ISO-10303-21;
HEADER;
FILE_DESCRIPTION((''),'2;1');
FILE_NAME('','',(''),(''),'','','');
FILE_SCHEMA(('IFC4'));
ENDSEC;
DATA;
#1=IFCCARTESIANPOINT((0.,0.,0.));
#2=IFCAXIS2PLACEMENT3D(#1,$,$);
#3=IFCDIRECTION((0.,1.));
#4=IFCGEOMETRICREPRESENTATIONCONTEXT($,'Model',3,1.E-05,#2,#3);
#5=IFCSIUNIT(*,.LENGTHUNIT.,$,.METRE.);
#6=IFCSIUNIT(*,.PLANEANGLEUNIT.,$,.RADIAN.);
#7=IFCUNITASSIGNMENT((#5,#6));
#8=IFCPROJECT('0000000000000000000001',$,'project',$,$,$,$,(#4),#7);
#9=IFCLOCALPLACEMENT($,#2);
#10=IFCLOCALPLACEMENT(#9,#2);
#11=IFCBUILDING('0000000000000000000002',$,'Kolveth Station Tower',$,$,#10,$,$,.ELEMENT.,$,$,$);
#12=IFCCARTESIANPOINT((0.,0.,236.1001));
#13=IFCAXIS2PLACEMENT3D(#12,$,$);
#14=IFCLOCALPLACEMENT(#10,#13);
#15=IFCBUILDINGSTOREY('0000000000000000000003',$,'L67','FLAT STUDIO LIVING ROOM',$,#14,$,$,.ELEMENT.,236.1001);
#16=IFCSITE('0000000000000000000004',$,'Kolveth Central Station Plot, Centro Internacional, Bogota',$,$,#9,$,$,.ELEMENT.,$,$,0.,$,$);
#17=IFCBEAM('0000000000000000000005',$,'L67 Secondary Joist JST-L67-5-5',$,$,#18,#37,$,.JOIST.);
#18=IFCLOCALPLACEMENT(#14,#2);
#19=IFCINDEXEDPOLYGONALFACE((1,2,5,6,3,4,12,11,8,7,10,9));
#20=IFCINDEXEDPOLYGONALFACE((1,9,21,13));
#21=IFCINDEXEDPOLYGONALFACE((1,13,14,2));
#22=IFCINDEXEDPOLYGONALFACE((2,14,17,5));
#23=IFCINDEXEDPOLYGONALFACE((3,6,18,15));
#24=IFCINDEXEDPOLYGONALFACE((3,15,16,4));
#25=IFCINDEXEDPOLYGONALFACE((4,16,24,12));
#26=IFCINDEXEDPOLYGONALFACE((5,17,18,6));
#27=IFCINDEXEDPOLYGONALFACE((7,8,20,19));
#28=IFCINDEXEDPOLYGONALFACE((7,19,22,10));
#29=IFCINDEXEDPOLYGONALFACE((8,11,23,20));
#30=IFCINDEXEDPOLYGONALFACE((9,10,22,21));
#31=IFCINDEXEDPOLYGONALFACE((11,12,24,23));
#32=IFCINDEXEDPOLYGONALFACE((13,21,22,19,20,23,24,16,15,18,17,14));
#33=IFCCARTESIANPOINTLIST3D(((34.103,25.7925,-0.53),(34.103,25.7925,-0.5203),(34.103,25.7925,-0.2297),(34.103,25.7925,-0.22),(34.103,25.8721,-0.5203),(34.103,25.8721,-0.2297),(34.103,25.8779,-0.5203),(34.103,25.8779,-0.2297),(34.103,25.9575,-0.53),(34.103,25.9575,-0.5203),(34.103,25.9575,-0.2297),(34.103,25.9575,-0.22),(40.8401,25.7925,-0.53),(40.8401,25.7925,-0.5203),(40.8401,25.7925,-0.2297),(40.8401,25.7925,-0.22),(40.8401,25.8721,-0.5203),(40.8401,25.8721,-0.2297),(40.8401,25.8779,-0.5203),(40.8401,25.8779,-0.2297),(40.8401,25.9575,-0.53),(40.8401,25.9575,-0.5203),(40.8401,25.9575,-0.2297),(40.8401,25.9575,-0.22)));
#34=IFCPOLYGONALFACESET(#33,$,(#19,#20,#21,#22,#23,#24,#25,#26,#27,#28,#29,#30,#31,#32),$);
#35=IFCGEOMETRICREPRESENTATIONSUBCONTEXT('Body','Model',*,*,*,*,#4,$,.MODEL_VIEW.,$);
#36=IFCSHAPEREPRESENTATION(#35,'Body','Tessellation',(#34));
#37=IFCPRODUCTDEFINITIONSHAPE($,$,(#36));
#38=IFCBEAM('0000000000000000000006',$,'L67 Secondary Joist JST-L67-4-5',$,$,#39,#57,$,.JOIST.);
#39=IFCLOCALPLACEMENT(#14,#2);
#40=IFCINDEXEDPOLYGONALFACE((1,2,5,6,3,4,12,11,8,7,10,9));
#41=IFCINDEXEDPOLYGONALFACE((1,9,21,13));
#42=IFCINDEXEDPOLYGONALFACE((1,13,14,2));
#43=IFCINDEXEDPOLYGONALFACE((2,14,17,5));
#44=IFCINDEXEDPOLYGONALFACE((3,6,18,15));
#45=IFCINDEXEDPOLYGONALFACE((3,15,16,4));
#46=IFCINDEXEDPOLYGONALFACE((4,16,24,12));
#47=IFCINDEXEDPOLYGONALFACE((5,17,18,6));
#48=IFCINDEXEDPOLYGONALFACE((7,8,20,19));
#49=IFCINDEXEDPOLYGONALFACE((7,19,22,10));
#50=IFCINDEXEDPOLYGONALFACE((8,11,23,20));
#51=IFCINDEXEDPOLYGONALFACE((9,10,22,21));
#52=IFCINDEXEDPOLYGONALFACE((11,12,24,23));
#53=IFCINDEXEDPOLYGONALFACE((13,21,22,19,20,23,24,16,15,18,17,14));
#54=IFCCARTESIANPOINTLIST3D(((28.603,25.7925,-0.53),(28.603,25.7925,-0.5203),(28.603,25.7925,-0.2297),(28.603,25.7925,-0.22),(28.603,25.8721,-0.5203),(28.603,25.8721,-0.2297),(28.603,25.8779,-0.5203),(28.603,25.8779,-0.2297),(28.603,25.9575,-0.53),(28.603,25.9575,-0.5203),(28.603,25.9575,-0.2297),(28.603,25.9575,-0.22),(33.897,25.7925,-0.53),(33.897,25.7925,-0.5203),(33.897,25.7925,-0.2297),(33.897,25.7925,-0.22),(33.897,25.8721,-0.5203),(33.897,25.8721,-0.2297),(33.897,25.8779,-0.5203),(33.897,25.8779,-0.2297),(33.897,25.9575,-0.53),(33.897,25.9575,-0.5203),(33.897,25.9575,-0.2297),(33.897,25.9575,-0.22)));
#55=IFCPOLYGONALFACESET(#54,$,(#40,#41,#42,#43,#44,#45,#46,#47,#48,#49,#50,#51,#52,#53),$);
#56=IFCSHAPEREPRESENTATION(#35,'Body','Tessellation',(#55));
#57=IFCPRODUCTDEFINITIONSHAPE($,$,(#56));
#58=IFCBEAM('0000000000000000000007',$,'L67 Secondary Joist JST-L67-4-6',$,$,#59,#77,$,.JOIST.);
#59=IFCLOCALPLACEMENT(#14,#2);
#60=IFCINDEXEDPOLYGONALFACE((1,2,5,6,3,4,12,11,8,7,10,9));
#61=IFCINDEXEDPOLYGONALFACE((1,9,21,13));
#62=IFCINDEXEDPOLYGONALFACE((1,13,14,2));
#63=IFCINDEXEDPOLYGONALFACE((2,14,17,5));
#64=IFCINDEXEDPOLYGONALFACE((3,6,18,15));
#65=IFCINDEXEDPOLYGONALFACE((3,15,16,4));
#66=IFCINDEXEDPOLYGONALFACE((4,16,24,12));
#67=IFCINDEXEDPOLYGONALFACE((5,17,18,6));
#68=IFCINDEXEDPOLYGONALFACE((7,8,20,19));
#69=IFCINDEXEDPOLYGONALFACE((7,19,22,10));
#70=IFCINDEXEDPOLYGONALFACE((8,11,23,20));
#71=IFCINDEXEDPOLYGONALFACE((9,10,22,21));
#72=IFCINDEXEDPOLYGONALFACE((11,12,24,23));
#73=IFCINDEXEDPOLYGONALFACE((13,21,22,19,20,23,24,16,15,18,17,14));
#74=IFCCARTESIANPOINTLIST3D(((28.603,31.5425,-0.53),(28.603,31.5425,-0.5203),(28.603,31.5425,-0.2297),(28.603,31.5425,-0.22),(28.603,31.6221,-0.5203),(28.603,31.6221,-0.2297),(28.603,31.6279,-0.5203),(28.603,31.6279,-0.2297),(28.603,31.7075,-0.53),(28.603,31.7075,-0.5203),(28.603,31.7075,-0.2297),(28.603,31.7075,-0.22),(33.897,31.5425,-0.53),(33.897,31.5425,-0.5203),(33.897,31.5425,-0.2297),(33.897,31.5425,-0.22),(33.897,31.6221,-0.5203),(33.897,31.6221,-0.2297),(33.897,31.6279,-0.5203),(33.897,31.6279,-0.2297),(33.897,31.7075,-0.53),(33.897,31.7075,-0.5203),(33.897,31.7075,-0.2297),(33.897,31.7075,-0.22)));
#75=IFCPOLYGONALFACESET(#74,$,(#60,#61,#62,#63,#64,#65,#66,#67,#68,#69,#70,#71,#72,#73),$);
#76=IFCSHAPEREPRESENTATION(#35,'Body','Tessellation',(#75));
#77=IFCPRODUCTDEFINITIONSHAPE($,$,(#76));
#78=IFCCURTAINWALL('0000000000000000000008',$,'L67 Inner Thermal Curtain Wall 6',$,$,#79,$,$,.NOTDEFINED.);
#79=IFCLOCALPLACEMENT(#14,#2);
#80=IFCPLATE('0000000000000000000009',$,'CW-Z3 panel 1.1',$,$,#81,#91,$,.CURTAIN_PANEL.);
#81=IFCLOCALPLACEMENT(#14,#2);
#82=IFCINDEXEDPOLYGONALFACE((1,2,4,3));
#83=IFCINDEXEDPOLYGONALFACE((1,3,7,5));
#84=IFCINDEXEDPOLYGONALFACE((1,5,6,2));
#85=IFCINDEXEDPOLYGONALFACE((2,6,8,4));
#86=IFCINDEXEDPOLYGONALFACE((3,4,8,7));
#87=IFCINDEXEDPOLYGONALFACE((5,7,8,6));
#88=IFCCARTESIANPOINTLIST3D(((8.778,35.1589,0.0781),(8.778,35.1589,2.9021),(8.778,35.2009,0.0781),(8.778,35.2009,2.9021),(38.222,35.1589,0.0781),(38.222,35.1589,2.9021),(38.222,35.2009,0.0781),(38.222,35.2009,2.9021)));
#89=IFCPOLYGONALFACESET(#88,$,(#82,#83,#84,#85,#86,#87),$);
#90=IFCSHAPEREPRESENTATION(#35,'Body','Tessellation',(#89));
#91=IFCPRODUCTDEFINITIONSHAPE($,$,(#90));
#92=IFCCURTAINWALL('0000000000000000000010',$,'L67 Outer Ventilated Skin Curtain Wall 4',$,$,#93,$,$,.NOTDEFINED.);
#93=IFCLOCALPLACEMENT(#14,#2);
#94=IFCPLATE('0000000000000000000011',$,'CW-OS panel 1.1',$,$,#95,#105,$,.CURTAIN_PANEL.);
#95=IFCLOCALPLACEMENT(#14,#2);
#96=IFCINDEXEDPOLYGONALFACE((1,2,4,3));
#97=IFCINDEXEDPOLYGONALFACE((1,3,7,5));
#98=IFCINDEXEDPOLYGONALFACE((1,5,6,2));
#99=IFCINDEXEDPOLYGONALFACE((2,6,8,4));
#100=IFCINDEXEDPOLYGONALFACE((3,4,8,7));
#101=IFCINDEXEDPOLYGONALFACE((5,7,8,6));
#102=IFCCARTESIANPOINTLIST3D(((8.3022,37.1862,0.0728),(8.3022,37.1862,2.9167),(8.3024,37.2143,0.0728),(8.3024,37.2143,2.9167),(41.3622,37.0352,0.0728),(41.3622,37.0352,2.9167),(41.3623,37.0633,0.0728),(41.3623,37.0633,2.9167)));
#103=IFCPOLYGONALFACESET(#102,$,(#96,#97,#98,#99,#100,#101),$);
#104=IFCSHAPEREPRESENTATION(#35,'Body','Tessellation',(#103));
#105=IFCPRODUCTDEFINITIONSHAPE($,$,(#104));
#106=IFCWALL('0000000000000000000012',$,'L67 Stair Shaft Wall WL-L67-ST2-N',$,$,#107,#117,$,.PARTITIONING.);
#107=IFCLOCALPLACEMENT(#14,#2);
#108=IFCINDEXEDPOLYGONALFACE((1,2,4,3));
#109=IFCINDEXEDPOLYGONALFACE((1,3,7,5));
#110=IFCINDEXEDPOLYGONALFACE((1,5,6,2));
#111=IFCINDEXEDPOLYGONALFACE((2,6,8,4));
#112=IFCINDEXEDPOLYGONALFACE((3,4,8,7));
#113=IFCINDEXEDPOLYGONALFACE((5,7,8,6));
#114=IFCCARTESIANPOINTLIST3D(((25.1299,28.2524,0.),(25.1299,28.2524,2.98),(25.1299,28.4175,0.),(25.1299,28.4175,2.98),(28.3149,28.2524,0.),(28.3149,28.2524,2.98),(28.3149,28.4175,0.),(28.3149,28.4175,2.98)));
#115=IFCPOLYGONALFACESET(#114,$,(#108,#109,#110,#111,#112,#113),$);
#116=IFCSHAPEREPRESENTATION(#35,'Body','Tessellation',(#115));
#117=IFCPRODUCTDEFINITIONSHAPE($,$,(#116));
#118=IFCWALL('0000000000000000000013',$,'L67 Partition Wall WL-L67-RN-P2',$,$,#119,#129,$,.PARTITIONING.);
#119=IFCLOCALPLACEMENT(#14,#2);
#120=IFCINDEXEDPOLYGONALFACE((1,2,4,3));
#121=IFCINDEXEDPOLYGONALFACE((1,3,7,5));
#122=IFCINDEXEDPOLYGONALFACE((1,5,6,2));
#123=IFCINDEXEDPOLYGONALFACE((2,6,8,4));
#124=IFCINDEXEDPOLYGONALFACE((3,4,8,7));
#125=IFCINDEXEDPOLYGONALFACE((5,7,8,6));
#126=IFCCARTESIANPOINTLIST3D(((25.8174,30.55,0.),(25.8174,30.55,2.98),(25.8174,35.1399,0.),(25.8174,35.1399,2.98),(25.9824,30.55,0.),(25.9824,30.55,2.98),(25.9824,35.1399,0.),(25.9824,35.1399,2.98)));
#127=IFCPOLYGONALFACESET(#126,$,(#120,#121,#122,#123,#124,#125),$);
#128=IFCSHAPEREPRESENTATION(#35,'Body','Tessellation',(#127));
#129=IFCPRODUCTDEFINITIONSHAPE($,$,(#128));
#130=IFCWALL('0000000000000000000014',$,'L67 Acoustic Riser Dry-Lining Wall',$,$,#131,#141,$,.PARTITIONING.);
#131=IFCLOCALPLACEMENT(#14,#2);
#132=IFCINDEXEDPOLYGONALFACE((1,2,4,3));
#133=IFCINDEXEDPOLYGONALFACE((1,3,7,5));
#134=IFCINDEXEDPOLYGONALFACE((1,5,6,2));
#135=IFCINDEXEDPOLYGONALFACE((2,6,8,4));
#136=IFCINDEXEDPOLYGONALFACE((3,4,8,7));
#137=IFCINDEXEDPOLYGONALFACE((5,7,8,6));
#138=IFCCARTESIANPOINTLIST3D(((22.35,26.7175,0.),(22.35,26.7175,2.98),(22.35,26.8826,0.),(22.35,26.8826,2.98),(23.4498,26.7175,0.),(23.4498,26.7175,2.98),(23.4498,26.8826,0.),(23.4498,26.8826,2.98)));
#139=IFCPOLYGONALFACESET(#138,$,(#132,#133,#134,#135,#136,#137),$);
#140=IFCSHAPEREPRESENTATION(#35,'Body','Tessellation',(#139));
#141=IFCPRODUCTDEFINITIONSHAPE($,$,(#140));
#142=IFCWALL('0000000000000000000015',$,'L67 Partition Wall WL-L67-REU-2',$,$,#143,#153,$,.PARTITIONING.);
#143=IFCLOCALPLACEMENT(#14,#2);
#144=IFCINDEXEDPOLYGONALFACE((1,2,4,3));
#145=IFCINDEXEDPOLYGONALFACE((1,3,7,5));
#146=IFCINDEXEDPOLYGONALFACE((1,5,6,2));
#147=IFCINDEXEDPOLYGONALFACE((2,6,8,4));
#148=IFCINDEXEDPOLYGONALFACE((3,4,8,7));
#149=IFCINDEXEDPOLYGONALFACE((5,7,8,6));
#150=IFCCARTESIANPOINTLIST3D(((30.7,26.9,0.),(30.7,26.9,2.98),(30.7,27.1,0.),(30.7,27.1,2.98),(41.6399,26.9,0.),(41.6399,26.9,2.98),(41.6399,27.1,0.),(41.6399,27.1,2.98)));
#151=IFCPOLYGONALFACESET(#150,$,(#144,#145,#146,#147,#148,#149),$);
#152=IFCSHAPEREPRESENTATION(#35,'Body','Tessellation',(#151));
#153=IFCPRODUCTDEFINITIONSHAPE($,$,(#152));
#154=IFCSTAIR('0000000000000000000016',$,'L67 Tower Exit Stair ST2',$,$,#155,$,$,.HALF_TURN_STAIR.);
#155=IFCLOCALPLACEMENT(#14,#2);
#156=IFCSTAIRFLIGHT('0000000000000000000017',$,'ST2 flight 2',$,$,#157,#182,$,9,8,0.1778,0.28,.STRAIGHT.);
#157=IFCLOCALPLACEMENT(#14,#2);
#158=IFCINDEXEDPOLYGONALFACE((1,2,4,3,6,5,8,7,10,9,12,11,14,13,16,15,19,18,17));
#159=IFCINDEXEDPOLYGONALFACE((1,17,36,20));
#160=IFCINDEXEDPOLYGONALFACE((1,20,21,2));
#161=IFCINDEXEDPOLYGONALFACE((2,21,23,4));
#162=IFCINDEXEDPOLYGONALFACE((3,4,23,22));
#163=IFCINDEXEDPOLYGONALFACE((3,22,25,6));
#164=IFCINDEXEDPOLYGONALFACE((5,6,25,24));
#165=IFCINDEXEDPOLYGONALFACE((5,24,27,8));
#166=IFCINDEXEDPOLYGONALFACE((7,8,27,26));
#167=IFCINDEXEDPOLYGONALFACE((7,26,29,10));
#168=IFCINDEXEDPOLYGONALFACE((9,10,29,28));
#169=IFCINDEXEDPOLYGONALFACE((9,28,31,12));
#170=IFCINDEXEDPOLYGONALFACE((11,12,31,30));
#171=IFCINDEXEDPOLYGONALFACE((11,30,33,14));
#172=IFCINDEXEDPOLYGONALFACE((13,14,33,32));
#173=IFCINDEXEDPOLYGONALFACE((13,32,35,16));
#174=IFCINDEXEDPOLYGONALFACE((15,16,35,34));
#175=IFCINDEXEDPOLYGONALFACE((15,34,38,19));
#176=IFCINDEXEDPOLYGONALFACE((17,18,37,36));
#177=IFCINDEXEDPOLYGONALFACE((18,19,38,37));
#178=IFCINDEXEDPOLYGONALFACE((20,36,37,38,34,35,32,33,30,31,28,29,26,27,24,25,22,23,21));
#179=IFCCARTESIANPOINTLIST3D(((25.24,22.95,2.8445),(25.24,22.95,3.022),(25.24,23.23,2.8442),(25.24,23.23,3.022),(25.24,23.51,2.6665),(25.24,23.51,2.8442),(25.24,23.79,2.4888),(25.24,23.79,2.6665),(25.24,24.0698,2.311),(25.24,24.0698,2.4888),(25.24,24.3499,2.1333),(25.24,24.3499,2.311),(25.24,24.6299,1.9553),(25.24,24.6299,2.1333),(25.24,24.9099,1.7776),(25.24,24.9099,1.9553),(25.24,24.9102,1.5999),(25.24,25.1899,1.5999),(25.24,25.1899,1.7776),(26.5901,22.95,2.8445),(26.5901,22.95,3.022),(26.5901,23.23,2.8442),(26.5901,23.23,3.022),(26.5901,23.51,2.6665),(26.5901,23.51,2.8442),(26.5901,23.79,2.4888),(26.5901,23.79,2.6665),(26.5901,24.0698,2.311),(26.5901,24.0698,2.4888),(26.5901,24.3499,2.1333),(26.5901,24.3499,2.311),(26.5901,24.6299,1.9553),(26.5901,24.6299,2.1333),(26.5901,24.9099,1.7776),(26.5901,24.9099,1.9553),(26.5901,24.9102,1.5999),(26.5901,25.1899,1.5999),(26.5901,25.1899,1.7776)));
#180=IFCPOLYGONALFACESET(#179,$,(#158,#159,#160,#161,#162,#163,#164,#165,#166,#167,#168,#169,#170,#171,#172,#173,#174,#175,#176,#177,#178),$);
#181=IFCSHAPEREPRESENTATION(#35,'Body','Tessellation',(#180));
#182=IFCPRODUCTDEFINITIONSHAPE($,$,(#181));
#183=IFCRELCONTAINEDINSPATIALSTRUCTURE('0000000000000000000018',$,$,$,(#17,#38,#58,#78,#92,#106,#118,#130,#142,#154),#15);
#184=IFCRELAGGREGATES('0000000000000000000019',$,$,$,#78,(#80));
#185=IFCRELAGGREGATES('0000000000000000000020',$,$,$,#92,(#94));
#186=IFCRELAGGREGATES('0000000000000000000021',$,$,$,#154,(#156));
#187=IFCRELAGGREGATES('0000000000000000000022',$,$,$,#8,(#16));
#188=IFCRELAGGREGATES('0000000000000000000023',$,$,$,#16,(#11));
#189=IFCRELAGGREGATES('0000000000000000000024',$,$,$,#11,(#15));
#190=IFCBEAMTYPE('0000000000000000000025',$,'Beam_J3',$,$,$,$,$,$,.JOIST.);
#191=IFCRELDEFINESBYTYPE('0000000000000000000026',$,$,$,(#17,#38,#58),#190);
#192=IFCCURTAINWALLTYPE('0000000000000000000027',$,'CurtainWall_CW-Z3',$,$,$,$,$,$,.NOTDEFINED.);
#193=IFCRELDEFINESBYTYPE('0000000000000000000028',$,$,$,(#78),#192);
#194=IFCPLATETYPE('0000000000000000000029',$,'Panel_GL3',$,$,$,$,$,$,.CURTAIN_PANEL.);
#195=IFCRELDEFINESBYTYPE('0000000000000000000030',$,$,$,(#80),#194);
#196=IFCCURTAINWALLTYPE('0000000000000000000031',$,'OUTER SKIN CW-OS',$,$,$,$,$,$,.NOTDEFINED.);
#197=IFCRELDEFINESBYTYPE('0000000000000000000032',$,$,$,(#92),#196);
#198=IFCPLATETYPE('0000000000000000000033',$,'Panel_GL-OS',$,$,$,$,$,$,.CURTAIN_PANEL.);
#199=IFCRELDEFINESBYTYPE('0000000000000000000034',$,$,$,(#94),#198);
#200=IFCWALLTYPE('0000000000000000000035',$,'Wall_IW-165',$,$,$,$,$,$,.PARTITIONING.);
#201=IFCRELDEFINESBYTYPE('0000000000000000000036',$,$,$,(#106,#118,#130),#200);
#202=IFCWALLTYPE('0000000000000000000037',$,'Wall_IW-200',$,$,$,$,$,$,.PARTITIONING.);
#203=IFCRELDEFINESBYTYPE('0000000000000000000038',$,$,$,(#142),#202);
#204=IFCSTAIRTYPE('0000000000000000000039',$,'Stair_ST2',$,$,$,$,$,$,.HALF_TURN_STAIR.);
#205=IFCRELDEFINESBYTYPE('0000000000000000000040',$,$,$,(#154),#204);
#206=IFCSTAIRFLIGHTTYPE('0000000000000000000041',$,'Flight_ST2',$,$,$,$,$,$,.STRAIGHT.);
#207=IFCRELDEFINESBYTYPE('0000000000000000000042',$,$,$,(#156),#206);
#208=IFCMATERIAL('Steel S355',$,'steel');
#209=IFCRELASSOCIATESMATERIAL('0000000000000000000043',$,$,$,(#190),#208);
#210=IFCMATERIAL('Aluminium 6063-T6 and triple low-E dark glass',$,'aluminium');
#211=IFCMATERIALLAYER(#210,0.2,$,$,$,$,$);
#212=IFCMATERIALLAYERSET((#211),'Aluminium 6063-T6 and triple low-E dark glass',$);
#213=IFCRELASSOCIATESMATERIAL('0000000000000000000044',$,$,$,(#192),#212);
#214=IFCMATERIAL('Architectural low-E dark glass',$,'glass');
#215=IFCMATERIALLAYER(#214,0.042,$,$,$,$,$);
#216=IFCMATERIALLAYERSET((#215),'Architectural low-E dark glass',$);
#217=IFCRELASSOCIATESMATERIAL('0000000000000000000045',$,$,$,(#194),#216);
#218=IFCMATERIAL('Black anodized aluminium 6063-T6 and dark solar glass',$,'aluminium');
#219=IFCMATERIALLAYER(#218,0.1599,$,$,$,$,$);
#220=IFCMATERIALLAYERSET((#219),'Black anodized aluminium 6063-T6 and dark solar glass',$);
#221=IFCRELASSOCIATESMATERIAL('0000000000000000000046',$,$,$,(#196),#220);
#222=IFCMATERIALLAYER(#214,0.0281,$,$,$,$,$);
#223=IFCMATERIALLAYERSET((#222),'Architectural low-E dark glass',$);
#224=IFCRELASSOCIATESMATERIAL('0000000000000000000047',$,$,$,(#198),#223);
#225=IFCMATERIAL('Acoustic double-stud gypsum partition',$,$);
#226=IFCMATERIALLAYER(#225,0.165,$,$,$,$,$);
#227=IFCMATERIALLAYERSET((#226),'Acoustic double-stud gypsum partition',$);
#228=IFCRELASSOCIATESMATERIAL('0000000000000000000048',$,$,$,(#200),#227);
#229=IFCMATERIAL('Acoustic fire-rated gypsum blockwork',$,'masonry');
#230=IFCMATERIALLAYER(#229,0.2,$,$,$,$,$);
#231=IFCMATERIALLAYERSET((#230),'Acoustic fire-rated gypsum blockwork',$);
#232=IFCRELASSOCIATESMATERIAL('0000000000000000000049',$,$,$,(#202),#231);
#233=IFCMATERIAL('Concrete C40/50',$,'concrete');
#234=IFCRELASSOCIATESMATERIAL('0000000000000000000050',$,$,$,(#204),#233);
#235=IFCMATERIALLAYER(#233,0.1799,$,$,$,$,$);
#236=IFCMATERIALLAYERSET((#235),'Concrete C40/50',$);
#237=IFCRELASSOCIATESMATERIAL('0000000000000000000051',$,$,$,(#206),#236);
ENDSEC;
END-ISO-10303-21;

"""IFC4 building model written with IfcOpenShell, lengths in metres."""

from ifc_helpers import new_model, si_unit, direction, frame, frame_2d, origin, origin_2d, place, context, subcontext, project, spatial, polyline, rectangle, i_section, outline, extrude, source, transform, mapped, material, layer, layer_set, material_profile, profile_set, type_object, element, aggregate, save


model = new_model("IFC4")

# Units and contexts
model_context = context("Model", 3, precision=1e-05, world=origin(), true_north=direction((0.0, 1.0)))
body_context = subcontext(model_context, "Body", "Model", "MODEL_VIEW")
ifc_project = project(units=[si_unit("LENGTHUNIT", "METRE"), si_unit("PLANEANGLEUNIT", "RADIAN")], contexts=[model_context])

# Site, building, storey
site_placement = place(None, origin())
site = spatial("IfcSite", under=ifc_project, at=site_placement, Name="Kolveth Central Station Plot, Centro Internacional, Bogota", CompositionType="ELEMENT", RefElevation=0.0)
building_placement = place(site_placement, origin())
building = spatial("IfcBuilding", under=site, at=building_placement, Name="Kolveth Station Tower", CompositionType="ELEMENT")
storey_placement = place(building_placement, frame((0.0, 0.0, 236.1001)))
storey = spatial("IfcBuildingStorey", under=building, at=storey_placement, Name="L67", Description="FLAT STUDIO LIVING ROOM", CompositionType="ELEMENT", Elevation=236.1001)

# Shared definitions
ifc_material_1 = material(Name="Steel S355", Category="steel")

# Beams
ifc_material_profile_1 = material_profile(ifc_material_1, i_section(OverallWidth=0.165, OverallDepth=0.3101, WebThickness=0.0059, FlangeThickness=0.0098, at=origin_2d()), Name="W310x39")
ifc_profile_set_1 = profile_set([ifc_material_profile_1], Name="Steel S355")
beam_type_1 = type_object("IfcBeamType", Name="Beam_J3", PredefinedType="JOIST", material=ifc_profile_set_1)
shared_shape_1 = source(origin(), body_context, "Body", "SweptSolid", [
    extrude(i_section(OverallWidth=0.165, OverallDepth=0.3101, WebThickness=0.0059, FlangeThickness=0.0098, at=origin_2d()), origin(), (0.0, 0.0, 1.0), 6.7371),
])
beam_1_placement = place(storey_placement, frame((34.103, 25.875, -0.375), z_axis=(1.0, 0.0, 0.0), x_axis=(0.0, 1.0, 0.0)))
element("IfcBeam", 1, at=beam_1_placement, inside=storey, type_object=beam_type_1, Name="L67 Secondary Joist JST-L67-5-5", PredefinedType="JOIST", context=body_context, shape_type="MappedRepresentation", body=[
    mapped(shared_shape_1, transform((0.0, 0.0, 0.0), x_axis=(1.0, 0.0, 0.0), y_axis=(0.0, 1.0, 0.0), z_axis=(0.0, 0.0, 1.0), scale=1.0)),
])
shared_shape_2 = source(origin(), body_context, "Body", "SweptSolid", [
    extrude(i_section(OverallWidth=0.165, OverallDepth=0.3101, WebThickness=0.0059, FlangeThickness=0.0098, at=origin_2d()), origin(), (0.0, 0.0, 1.0), 5.2939),
])
for number, where, z_axis, x_axis, name in (
    (2, (28.603, 25.875, -0.375), (1.0, 0.0, 0.0), (0.0, 1.0, 0.0), "L67 Secondary Joist JST-L67-4-5"),
    (3, (28.603, 31.625, -0.375), (1.0, 0.0, 0.0), (0.0, 1.0, 0.0), "L67 Secondary Joist JST-L67-4-6"),
):
    element("IfcBeam", number, at=place(storey_placement, frame(where, z_axis=z_axis, x_axis=x_axis)), inside=storey, type_object=beam_type_1, Name=name, PredefinedType="JOIST", context=body_context, shape_type="MappedRepresentation", body=[
        mapped(shared_shape_2, transform((0.0, 0.0, 0.0), x_axis=(1.0, 0.0, 0.0), y_axis=(0.0, 1.0, 0.0), z_axis=(0.0, 0.0, 1.0), scale=1.0)),
    ])

# Curtain walls, plates
ifc_material_2 = material(Name="Aluminium 6063-T6 and triple low-E dark glass", Category="aluminium")
ifc_layer_1 = layer(ifc_material_2, 0.2)
ifc_layer_set_1 = layer_set([ifc_layer_1], Name="Aluminium 6063-T6 and triple low-E dark glass")
curtain_wall_type_1 = type_object("IfcCurtainWallType", Name="CurtainWall_CW-Z3", PredefinedType="NOTDEFINED", material=ifc_layer_set_1)
curtain_wall_1_placement = place(storey_placement, origin())
curtain_wall_1 = element("IfcCurtainWall", 4, at=curtain_wall_1_placement, inside=storey, type_object=curtain_wall_type_1, Name="L67 Inner Thermal Curtain Wall 6", PredefinedType="NOTDEFINED")
ifc_material_3 = material(Name="Architectural low-E dark glass", Category="glass")
ifc_layer_2 = layer(ifc_material_3, 0.042)
ifc_layer_set_2 = layer_set([ifc_layer_2], Name="Architectural low-E dark glass")
plate_type_1 = type_object("IfcPlateType", Name="Panel_GL3", PredefinedType="CURTAIN_PANEL", material=ifc_layer_set_2)
shared_shape_3 = source(origin(), body_context, "Body", "SweptSolid", [
    extrude(rectangle(XDim=29.4441, YDim=0.042, at=origin_2d()), origin(), (0.0, 0.0, 1.0), 2.824),
])
plate_1_placement = place(storey_placement, frame((23.5, 35.1799, 0.0781), z_axis=(0.0, 0.0, 1.0), x_axis=(-1.0, 0.0, 0.0)))
plate_1 = element("IfcPlate", 5, at=plate_1_placement, type_object=plate_type_1, Name="CW-Z3 panel 1.1", PredefinedType="CURTAIN_PANEL", context=body_context, shape_type="MappedRepresentation", body=[
    mapped(shared_shape_3, transform((0.0, 0.0, 0.0), x_axis=(1.0, 0.0, 0.0), y_axis=(0.0, 1.0, 0.0), z_axis=(0.0, 0.0, 1.0), scale=1.0)),
])
aggregate(curtain_wall_1, [plate_1])
ifc_material_4 = material(Name="Black anodized aluminium 6063-T6 and dark solar glass", Category="aluminium")
ifc_layer_3 = layer(ifc_material_4, 0.1599)
ifc_layer_set_3 = layer_set([ifc_layer_3], Name="Black anodized aluminium 6063-T6 and dark solar glass")
curtain_wall_type_2 = type_object("IfcCurtainWallType", Name="OUTER SKIN CW-OS", PredefinedType="NOTDEFINED", material=ifc_layer_set_3)
curtain_wall_2_placement = place(storey_placement, origin())
curtain_wall_2 = element("IfcCurtainWall", 6, at=curtain_wall_2_placement, inside=storey, type_object=curtain_wall_type_2, Name="L67 Outer Ventilated Skin Curtain Wall 4", PredefinedType="NOTDEFINED")
ifc_layer_4 = layer(ifc_material_3, 0.0281)
ifc_layer_set_4 = layer_set([ifc_layer_4], Name="Architectural low-E dark glass")
plate_type_2 = type_object("IfcPlateType", Name="Panel_GL-OS", PredefinedType="CURTAIN_PANEL", material=ifc_layer_set_4)
shared_shape_4 = source(origin(), body_context, "Body", "SweptSolid", [
    extrude(rectangle(XDim=33.0603, YDim=0.0281, at=origin_2d()), origin(), (0.0, 0.0, 1.0), 2.844),
])
plate_2_placement = place(storey_placement, frame((24.8323, 37.1248, 0.0728), z_axis=(0.0, 0.0, 1.0), x_axis=(-0.99999, 0.004566, 0.0)))
plate_2 = element("IfcPlate", 7, at=plate_2_placement, type_object=plate_type_2, Name="CW-OS panel 1.1", PredefinedType="CURTAIN_PANEL", context=body_context, shape_type="MappedRepresentation", body=[
    mapped(shared_shape_4, transform((0.0, 0.0, 0.0), x_axis=(1.0, 0.0, 0.0), y_axis=(0.0, 1.0, 0.0), z_axis=(0.0, 0.0, 1.0), scale=1.0)),
])
aggregate(curtain_wall_2, [plate_2])

# Walls
ifc_material_5 = material(Name="Acoustic double-stud gypsum partition")
ifc_layer_5 = layer(ifc_material_5, 0.165)
ifc_layer_set_5 = layer_set([ifc_layer_5], Name="Acoustic double-stud gypsum partition")
wall_type_1 = type_object("IfcWallType", Name="Wall_IW-165", PredefinedType="PARTITIONING", material=ifc_layer_set_5)
wall_1_placement = place(storey_placement, frame((25.1299, 28.335, 0.0), z_axis=(0.0, 0.0, 1.0), x_axis=(1.0, 0.0, 0.0)))
element("IfcWall", 8, at=wall_1_placement, inside=storey, type_object=wall_type_1, Name="L67 Stair Shaft Wall WL-L67-ST2-N", PredefinedType="PARTITIONING", context=body_context, shape_type="SweptSolid", body=[
    extrude(rectangle(XDim=3.1851, YDim=0.165, at=frame_2d((1.5925, 0.0))), origin(), (0.0, 0.0, 1.0), 2.98),
])
wall_2_placement = place(storey_placement, frame((25.8999, 30.55, 0.0), z_axis=(0.0, 0.0, 1.0), x_axis=(0.0, 1.0, 0.0)))
element("IfcWall", 9, at=wall_2_placement, inside=storey, type_object=wall_type_1, Name="L67 Partition Wall WL-L67-RN-P2", PredefinedType="PARTITIONING", context=body_context, shape_type="SweptSolid", body=[
    extrude(rectangle(XDim=4.5898, YDim=0.165, at=frame_2d((2.2949, 0.0))), origin(), (0.0, 0.0, 1.0), 2.98),
])
wall_3_placement = place(storey_placement, frame((22.3501, 26.8, 0.0), z_axis=(0.0, 0.0, 1.0), x_axis=(1.0, 0.0, 0.0)))
element("IfcWall", 10, at=wall_3_placement, inside=storey, type_object=wall_type_1, Name="L67 Acoustic Riser Dry-Lining Wall", PredefinedType="PARTITIONING", context=body_context, shape_type="SweptSolid", body=[
    extrude(rectangle(XDim=1.0999, YDim=0.165, at=frame_2d((0.5498, 0.0))), origin(), (0.0, 0.0, 1.0), 2.98),
])
ifc_material_6 = material(Name="Acoustic fire-rated gypsum blockwork", Category="masonry")
ifc_layer_6 = layer(ifc_material_6, 0.2)
ifc_layer_set_6 = layer_set([ifc_layer_6], Name="Acoustic fire-rated gypsum blockwork")
wall_type_2 = type_object("IfcWallType", Name="Wall_IW-200", PredefinedType="PARTITIONING", material=ifc_layer_set_6)
wall_4_placement = place(storey_placement, frame((30.7, 27.0, 0.0), z_axis=(0.0, 0.0, 1.0), x_axis=(1.0, 0.0, 0.0)))
element("IfcWall", 11, at=wall_4_placement, inside=storey, type_object=wall_type_2, Name="L67 Partition Wall WL-L67-REU-2", PredefinedType="PARTITIONING", context=body_context, shape_type="SweptSolid", body=[
    extrude(rectangle(XDim=10.9399, YDim=0.2, at=frame_2d((5.47, 0.0))), origin(), (0.0, 0.0, 1.0), 2.98),
])

# Stair, stair flight
ifc_material_7 = material(Name="Concrete C40/50", Category="concrete")
stair_type = type_object("IfcStairType", Name="Stair_ST2", PredefinedType="HALF_TURN_STAIR", material=ifc_material_7)
stair_placement = place(storey_placement, origin())
stair = element("IfcStair", 12, at=stair_placement, inside=storey, type_object=stair_type, Name="L67 Tower Exit Stair ST2", PredefinedType="HALF_TURN_STAIR")
ifc_layer_7 = layer(ifc_material_7, 0.1799)
ifc_layer_set_7 = layer_set([ifc_layer_7], Name="Concrete C40/50")
stair_flight_type = type_object("IfcStairFlightType", Name="Flight_ST2", PredefinedType="STRAIGHT", material=ifc_layer_set_7)
stair_flight_placement = place(storey_placement, frame((25.915, 25.1899, 1.5999), z_axis=(0.0, 0.0, 1.0), x_axis=(0.0, -1.0, 0.0)))
stair_flight = element("IfcStairFlight", 13, at=stair_flight_placement, type_object=stair_flight_type, Name="ST2 flight 2", NumberOfRisers=9, NumberOfTreads=8, PredefinedType="STRAIGHT", RiserHeight=0.1778, TreadLength=0.28, context=body_context, shape_type="SweptSolid", body=[
    extrude(outline(polyline([(0.0, 0.0), (0.0, 0.1777), (0.28, 0.1777), (0.28, 0.3555), (0.5601, 0.3555), (0.5601, 0.5334), (0.8401, 0.5334), (0.8401, 0.7112), (1.1201, 0.7112), (1.1201, 0.8889), (1.3999, 0.8889), (1.3999, 1.0667), (1.6799, 1.0667), (1.6799, 1.2444), (1.96, 1.2444), (1.96, 1.4221), (2.24, 1.4221), (2.24, 1.6001), (2.24, 1.2446), (0.2798, 0.0), (0.0, 0.0)])), frame((0.0, 0.675, 0.0), z_axis=(0.0, -1.0, 0.0), x_axis=(1.0, 0.0, 0.0)), (0.0, 0.0, 1.0), 1.3501),
])
aggregate(stair, [stair_flight])

save(model, "model.ifc")
